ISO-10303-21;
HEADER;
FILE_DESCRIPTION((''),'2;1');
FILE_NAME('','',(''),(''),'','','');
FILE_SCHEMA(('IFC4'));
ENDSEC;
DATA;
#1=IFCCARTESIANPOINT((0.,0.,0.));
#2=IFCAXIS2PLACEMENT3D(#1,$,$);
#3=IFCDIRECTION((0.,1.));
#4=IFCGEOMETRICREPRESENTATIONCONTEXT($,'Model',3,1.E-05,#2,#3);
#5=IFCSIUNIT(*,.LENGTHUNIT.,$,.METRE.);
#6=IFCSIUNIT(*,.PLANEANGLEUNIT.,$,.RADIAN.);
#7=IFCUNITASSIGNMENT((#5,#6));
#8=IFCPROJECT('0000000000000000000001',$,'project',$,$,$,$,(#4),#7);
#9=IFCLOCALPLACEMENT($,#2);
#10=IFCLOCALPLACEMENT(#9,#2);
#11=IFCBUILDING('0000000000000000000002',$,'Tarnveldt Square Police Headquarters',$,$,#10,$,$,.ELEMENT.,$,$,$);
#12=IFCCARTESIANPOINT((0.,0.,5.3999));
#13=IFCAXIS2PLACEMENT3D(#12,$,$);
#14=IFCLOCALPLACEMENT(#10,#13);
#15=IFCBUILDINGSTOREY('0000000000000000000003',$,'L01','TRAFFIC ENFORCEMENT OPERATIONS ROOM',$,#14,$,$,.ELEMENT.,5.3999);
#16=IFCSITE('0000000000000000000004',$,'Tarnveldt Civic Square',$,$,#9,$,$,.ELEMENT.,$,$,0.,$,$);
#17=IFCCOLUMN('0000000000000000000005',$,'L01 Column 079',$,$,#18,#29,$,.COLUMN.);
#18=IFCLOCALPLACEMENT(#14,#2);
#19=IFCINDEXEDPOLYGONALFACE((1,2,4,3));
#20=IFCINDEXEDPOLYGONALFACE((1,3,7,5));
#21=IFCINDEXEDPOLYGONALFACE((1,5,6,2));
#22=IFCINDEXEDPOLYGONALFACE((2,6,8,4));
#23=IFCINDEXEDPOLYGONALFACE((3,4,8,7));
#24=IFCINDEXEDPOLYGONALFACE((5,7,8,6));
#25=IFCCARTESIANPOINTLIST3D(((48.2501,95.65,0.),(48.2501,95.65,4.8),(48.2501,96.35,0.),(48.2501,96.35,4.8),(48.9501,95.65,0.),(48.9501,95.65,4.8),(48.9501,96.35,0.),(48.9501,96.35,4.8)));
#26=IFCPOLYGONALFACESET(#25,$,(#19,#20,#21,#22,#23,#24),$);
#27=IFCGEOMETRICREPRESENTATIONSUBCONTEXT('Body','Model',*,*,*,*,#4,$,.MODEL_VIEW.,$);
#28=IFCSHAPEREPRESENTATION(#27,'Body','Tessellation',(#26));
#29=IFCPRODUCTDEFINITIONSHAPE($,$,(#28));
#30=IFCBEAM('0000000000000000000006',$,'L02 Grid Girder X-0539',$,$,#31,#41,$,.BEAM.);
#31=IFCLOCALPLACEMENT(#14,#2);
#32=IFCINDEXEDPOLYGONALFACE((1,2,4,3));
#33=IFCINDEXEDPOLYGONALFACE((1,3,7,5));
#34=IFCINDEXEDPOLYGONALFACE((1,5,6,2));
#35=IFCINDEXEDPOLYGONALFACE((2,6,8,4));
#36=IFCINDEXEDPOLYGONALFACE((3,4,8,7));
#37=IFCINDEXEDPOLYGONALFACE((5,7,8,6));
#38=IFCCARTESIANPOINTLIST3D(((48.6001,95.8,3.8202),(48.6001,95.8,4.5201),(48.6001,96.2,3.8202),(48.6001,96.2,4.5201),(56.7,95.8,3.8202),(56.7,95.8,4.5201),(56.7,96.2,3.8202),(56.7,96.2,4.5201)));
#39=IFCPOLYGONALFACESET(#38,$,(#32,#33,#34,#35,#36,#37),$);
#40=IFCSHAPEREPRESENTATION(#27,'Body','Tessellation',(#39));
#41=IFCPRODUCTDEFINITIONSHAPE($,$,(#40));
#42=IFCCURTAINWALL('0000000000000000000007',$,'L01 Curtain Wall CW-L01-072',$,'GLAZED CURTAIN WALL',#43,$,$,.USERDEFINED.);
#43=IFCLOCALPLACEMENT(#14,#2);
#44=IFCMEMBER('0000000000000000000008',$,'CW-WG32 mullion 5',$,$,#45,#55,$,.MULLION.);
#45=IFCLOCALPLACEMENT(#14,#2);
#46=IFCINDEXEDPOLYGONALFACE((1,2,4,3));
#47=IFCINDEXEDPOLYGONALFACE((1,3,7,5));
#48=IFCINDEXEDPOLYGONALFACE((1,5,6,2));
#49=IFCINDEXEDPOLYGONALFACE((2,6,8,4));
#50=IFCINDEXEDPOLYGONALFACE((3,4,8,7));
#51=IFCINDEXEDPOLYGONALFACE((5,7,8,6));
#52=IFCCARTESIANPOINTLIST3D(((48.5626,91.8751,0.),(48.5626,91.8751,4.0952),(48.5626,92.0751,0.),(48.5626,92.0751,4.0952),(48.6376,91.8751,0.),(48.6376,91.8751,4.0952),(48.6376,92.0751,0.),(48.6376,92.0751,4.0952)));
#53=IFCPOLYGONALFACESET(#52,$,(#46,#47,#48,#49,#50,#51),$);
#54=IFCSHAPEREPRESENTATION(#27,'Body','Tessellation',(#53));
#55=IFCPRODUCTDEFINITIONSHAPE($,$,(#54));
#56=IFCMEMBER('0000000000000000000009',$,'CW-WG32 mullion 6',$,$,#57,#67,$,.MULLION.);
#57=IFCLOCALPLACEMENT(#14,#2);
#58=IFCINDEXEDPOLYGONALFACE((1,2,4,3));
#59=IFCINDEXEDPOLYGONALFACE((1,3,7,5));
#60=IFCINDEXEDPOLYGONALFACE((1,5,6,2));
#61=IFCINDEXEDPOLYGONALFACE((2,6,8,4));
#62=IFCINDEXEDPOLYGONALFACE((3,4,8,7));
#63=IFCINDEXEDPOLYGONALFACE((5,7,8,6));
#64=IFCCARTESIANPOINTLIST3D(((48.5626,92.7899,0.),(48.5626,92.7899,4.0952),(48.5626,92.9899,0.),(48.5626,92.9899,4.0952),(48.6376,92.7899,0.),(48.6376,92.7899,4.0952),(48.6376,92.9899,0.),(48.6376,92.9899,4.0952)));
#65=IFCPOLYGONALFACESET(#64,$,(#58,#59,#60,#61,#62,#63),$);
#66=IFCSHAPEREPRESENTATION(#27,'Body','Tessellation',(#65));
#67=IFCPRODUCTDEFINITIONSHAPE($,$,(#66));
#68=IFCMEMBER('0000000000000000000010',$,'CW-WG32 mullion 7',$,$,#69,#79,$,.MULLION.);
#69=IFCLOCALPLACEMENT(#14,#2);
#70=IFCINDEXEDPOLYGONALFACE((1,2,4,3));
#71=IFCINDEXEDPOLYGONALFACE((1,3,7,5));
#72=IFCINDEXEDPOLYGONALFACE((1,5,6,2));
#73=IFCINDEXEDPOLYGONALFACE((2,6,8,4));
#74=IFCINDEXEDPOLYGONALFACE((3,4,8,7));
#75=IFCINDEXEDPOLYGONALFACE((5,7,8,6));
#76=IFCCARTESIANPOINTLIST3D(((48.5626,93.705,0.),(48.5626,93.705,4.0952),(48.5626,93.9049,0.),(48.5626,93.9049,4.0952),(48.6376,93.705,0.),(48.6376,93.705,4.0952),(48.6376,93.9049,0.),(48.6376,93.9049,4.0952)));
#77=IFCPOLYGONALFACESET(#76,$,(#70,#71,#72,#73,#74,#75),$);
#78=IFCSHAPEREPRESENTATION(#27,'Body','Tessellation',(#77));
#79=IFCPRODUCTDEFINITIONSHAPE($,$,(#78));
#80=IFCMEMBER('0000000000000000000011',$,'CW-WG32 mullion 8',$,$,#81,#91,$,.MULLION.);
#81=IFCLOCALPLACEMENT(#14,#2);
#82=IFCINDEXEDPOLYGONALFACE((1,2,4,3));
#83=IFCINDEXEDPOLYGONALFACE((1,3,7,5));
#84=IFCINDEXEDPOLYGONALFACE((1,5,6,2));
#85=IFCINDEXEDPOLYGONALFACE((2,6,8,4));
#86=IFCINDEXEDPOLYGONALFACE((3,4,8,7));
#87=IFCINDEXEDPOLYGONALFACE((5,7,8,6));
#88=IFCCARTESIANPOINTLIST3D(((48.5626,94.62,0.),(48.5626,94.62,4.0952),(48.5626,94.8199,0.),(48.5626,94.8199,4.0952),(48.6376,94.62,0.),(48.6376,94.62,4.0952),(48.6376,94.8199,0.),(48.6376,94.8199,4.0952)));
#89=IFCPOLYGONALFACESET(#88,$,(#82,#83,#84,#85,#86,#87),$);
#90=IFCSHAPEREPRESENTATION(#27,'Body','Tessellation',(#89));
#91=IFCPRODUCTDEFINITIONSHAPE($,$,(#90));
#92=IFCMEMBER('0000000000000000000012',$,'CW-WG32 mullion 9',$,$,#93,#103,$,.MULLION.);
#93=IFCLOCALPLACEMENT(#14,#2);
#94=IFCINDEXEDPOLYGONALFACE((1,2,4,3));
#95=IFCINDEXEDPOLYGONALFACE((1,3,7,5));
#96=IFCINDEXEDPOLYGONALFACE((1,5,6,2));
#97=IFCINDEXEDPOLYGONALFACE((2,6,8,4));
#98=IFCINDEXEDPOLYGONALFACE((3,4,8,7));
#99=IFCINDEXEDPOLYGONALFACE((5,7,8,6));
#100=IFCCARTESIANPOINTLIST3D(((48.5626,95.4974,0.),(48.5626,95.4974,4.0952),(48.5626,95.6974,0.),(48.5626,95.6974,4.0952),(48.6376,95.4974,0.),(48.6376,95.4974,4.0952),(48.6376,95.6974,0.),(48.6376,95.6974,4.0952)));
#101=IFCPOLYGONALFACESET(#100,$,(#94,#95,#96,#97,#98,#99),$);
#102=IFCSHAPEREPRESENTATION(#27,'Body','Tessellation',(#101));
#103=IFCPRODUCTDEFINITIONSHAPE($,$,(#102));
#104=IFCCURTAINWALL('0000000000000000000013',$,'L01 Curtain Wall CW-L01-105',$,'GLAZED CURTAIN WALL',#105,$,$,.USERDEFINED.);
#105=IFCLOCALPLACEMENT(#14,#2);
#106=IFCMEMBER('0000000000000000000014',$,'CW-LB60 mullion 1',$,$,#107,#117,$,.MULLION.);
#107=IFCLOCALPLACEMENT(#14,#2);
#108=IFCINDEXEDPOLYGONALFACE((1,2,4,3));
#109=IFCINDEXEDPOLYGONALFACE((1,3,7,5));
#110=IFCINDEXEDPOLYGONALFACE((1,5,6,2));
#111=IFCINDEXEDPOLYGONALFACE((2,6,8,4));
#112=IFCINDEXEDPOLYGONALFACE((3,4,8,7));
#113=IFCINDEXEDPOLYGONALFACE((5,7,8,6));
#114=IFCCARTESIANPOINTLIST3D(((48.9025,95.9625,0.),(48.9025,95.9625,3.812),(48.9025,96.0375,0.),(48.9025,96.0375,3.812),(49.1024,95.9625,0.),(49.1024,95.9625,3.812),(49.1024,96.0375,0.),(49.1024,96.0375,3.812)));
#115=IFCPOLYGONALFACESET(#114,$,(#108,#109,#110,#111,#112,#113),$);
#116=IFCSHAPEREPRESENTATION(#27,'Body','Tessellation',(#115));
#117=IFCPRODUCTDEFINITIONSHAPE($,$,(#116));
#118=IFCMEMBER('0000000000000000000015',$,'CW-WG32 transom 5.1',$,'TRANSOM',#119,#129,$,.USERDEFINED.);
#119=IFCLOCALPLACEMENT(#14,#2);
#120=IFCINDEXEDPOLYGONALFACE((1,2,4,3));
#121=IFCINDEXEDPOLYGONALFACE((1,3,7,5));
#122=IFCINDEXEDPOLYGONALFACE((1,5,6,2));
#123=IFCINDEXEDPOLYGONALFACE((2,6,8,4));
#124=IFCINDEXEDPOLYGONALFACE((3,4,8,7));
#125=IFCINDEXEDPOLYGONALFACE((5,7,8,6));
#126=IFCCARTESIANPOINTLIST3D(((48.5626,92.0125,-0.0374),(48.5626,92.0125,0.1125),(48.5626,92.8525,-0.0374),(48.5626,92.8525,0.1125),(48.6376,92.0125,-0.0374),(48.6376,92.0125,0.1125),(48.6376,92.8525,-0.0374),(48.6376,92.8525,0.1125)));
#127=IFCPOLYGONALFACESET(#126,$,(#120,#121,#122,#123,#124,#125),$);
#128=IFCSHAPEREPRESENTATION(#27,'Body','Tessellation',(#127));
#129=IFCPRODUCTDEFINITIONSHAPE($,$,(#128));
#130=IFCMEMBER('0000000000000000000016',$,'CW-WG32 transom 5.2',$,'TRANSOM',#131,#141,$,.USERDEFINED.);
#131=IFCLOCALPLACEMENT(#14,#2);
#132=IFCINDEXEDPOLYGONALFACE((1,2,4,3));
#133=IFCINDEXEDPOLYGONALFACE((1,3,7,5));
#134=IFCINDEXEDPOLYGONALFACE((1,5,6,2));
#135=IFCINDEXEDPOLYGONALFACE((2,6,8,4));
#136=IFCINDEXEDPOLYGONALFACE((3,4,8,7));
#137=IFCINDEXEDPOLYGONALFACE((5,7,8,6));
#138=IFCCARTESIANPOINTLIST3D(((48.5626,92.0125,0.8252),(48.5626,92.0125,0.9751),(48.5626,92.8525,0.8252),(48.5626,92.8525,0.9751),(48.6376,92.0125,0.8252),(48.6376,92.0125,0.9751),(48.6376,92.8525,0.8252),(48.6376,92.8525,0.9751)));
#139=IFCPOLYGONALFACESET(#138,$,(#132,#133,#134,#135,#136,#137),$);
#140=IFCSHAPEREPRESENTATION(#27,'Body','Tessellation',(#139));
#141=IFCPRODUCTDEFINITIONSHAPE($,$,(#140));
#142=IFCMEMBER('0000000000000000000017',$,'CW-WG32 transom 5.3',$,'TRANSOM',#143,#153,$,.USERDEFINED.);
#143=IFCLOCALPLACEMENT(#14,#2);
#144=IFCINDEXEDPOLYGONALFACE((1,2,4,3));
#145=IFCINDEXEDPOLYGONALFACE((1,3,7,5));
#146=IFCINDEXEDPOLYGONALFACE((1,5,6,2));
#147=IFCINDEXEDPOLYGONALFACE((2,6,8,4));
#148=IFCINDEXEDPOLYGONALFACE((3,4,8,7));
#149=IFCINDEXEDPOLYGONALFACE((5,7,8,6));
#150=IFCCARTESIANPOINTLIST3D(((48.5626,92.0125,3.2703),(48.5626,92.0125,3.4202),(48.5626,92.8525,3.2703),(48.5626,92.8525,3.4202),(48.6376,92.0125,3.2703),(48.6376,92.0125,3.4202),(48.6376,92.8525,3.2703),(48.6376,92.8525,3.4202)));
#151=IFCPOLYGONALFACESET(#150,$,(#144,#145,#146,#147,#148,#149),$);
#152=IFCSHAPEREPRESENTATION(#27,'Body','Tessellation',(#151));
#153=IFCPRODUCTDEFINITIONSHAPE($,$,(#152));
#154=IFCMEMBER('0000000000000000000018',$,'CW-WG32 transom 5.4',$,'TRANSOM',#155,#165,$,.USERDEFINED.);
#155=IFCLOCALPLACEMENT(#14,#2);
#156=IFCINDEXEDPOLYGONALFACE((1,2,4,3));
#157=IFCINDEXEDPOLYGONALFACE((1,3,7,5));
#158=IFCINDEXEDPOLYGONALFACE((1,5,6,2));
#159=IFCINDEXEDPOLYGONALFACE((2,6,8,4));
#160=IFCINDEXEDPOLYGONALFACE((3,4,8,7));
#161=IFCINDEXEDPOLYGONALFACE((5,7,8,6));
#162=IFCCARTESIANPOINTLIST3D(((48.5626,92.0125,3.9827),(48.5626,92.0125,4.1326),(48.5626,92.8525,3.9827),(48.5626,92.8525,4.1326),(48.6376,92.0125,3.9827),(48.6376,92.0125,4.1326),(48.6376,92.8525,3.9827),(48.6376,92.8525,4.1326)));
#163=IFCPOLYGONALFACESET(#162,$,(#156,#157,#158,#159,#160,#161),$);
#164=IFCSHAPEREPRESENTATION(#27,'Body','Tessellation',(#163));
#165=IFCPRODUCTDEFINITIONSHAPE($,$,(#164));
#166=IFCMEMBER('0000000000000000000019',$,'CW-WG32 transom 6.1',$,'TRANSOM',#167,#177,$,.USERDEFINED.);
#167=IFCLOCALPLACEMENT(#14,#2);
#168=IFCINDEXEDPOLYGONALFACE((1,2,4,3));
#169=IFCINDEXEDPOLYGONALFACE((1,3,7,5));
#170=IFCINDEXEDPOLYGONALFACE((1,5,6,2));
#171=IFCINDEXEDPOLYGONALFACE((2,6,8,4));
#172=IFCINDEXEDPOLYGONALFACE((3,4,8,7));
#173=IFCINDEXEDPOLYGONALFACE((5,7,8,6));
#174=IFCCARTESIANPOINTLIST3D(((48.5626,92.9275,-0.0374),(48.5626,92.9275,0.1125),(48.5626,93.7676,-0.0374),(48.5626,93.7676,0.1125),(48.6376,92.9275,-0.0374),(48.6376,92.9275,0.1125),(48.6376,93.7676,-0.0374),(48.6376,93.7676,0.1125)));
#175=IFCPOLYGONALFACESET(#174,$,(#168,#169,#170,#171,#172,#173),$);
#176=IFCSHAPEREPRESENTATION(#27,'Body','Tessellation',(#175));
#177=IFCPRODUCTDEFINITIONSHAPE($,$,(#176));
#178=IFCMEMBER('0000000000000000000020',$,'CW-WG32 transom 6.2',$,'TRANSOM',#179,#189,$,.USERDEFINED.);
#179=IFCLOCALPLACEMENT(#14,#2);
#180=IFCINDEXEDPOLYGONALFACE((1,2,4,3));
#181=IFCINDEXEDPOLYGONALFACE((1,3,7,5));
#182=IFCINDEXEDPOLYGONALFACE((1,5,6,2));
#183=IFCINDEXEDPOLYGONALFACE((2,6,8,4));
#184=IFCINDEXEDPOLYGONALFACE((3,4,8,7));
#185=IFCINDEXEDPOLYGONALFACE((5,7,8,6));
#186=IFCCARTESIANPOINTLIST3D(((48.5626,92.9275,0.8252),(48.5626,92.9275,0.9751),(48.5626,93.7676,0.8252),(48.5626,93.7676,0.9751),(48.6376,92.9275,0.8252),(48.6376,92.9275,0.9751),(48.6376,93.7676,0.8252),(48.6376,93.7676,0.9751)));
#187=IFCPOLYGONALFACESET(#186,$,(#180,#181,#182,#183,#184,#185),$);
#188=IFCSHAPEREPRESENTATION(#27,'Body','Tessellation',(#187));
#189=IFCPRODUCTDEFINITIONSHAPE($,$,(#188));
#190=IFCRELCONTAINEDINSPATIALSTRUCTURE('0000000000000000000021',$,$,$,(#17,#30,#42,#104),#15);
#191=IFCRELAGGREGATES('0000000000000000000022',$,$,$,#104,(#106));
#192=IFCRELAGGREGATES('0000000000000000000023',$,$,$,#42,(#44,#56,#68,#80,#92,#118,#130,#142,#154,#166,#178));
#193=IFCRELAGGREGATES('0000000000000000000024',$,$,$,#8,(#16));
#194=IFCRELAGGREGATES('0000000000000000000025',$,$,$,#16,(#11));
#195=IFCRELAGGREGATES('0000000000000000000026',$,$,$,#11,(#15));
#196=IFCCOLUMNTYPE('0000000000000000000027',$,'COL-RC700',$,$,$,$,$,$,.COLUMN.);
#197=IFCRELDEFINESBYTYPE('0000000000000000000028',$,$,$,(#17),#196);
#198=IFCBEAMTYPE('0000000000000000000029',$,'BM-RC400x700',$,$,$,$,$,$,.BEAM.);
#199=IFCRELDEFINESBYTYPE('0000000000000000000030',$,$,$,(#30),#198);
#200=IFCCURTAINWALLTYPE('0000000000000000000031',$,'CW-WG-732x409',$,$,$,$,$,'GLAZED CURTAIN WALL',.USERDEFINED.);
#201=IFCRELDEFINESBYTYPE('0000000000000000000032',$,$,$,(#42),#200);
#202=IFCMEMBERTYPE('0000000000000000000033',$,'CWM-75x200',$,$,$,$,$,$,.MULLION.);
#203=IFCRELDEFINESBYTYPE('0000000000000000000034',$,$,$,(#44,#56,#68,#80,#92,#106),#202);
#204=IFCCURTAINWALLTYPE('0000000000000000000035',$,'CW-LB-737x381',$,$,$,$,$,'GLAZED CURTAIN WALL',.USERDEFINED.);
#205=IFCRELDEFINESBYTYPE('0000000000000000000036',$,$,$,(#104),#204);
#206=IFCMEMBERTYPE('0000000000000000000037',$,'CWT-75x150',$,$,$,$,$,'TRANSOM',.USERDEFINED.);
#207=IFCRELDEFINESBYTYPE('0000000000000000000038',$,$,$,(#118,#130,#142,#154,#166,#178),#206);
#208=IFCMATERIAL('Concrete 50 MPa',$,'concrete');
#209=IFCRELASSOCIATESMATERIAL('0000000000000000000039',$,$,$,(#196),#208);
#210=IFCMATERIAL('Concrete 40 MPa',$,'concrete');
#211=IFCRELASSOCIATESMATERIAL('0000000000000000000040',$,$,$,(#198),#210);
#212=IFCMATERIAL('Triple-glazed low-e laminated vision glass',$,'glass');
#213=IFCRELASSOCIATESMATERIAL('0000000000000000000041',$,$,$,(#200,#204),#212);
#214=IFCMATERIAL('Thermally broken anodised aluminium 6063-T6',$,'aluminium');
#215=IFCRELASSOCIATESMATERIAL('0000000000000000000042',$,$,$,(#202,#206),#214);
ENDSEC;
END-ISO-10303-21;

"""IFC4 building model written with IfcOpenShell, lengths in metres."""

from ifc_helpers import new_model, si_unit, direction, frame, origin, origin_2d, place, context, subcontext, project, spatial, rectangle, extrude, material, material_profile, profile_set, type_object, element, aggregate, save


model = new_model("IFC4")

# Units and contexts
model_context = context("Model", 3, precision=1e-05, world=origin(), true_north=direction((0.0, 1.0)))
body_context = subcontext(model_context, "Body", "Model", "MODEL_VIEW")
ifc_project = project(units=[si_unit("LENGTHUNIT", "METRE"), si_unit("PLANEANGLEUNIT", "RADIAN")], contexts=[model_context])

# Site, building, storey
site_placement = place(None, origin())
site = spatial("IfcSite", under=ifc_project, at=site_placement, Name="Tarnveldt Civic Square", CompositionType="ELEMENT", RefElevation=0.0)
building_placement = place(site_placement, origin())
building = spatial("IfcBuilding", under=site, at=building_placement, Name="Tarnveldt Square Police Headquarters", CompositionType="ELEMENT")
storey_placement = place(building_placement, frame((0.0, 0.0, 5.3999)))
storey = spatial("IfcBuildingStorey", under=building, at=storey_placement, Name="L01", Description="TRAFFIC ENFORCEMENT OPERATIONS ROOM", CompositionType="ELEMENT", Elevation=5.3999)

# Column
ifc_material_1 = material(Name="Concrete 50 MPa", Category="concrete")
ifc_material_profile_1 = material_profile(ifc_material_1, rectangle(XDim=0.7, YDim=0.7, at=origin_2d()), Name="RC-C700x700")
ifc_profile_set_1 = profile_set([ifc_material_profile_1], Name="Concrete 50 MPa")
column_type = type_object("IfcColumnType", Name="COL-RC700", PredefinedType="COLUMN", material=ifc_profile_set_1)
column_placement = place(storey_placement, frame((48.6001, 96.0, 0.0), z_axis=(0.0, 0.0, 1.0), x_axis=(1.0, 0.0, 0.0)))
element("IfcColumn", 1, at=column_placement, inside=storey, type_object=column_type, Name="L01 Column 079", PredefinedType="COLUMN", context=body_context, shape_type="SweptSolid", body=[
    extrude(rectangle(XDim=0.7, YDim=0.7, at=origin_2d()), origin(), (0.0, 0.0, 1.0), 4.8),
])

# Beam
ifc_material_2 = material(Name="Concrete 40 MPa", Category="concrete")
ifc_material_profile_2 = material_profile(ifc_material_2, rectangle(XDim=0.3999, YDim=0.7, at=origin_2d()), Name="RC-B400x700")
ifc_profile_set_2 = profile_set([ifc_material_profile_2], Name="Concrete 40 MPa")
beam_type = type_object("IfcBeamType", Name="BM-RC400x700", PredefinedType="BEAM", material=ifc_profile_set_2)
beam_placement = place(storey_placement, frame((48.6001, 96.0, 4.1702), z_axis=(1.0, 0.0, 0.0), x_axis=(0.0, 1.0, 0.0)))
element("IfcBeam", 2, at=beam_placement, inside=storey, type_object=beam_type, Name="L02 Grid Girder X-0539", PredefinedType="BEAM", context=body_context, shape_type="SweptSolid", body=[
    extrude(rectangle(XDim=0.3999, YDim=0.7, at=origin_2d()), origin(), (0.0, 0.0, 1.0), 8.0999),
])

# Curtain wall, members
ifc_material_3 = material(Name="Triple-glazed low-e laminated vision glass", Category="glass")
curtain_wall_type_1 = type_object("IfcCurtainWallType", Name="CW-WG-732x409", ElementType="GLAZED CURTAIN WALL", PredefinedType="USERDEFINED", material=ifc_material_3)
curtain_wall_1_placement = place(storey_placement, origin())
curtain_wall_1 = element("IfcCurtainWall", 3, at=curtain_wall_1_placement, inside=storey, type_object=curtain_wall_type_1, Name="L01 Curtain Wall CW-L01-072", ObjectType="GLAZED CURTAIN WALL", PredefinedType="USERDEFINED")
ifc_material_4 = material(Name="Thermally broken anodised aluminium 6063-T6", Category="aluminium")
ifc_material_profile_3 = material_profile(ifc_material_4, rectangle(XDim=0.075, YDim=0.2, at=origin_2d()), Name="CW-M75x200")
ifc_profile_set_3 = profile_set([ifc_material_profile_3], Name="Thermally broken anodised aluminium 6063-T6")
member_type_1 = type_object("IfcMemberType", Name="CWM-75x200", PredefinedType="MULLION", material=ifc_profile_set_3)
member_1_placement = place(storey_placement, frame((48.6001, 91.9751, 0.0), z_axis=(0.0, 0.0, 1.0), x_axis=(-1.0, 0.0, 0.0)))
member_1 = element("IfcMember", 4, at=member_1_placement, type_object=member_type_1, Name="CW-WG32 mullion 5", PredefinedType="MULLION", context=body_context, shape_type="SweptSolid", body=[
    extrude(rectangle(XDim=0.075, YDim=0.2, at=origin_2d()), origin(), (0.0, 0.0, 1.0), 4.0952),
])
member_2_placement = place(storey_placement, frame((48.6001, 92.8899, 0.0), z_axis=(0.0, 0.0, 1.0), x_axis=(-1.0, 0.0, 0.0)))
member_2 = element("IfcMember", 5, at=member_2_placement, type_object=member_type_1, Name="CW-WG32 mullion 6", PredefinedType="MULLION", context=body_context, shape_type="SweptSolid", body=[
    extrude(rectangle(XDim=0.075, YDim=0.2, at=origin_2d()), origin(), (0.0, 0.0, 1.0), 4.0952),
])
member_3_placement = place(storey_placement, frame((48.6001, 93.8049, 0.0), z_axis=(0.0, 0.0, 1.0), x_axis=(-1.0, 0.0, 0.0)))
member_3 = element("IfcMember", 6, at=member_3_placement, type_object=member_type_1, Name="CW-WG32 mullion 7", PredefinedType="MULLION", context=body_context, shape_type="SweptSolid", body=[
    extrude(rectangle(XDim=0.075, YDim=0.2, at=origin_2d()), origin(), (0.0, 0.0, 1.0), 4.0952),
])
member_4_placement = place(storey_placement, frame((48.6001, 94.72, 0.0), z_axis=(0.0, 0.0, 1.0), x_axis=(-1.0, 0.0, 0.0)))
member_4 = element("IfcMember", 7, at=member_4_placement, type_object=member_type_1, Name="CW-WG32 mullion 8", PredefinedType="MULLION", context=body_context, shape_type="SweptSolid", body=[
    extrude(rectangle(XDim=0.075, YDim=0.2, at=origin_2d()), origin(), (0.0, 0.0, 1.0), 4.0952),
])
member_5_placement = place(storey_placement, frame((48.6001, 95.5974, 0.0), z_axis=(0.0, 0.0, 1.0), x_axis=(-1.0, 0.0, 0.0)))
member_5 = element("IfcMember", 8, at=member_5_placement, type_object=member_type_1, Name="CW-WG32 mullion 9", PredefinedType="MULLION", context=body_context, shape_type="SweptSolid", body=[
    extrude(rectangle(XDim=0.075, YDim=0.2, at=origin_2d()), origin(), (0.0, 0.0, 1.0), 4.0952),
])

# Curtain wall, member
curtain_wall_type_2 = type_object("IfcCurtainWallType", Name="CW-LB-737x381", ElementType="GLAZED CURTAIN WALL", PredefinedType="USERDEFINED", material=ifc_material_3)
curtain_wall_2_placement = place(storey_placement, origin())
curtain_wall_2 = element("IfcCurtainWall", 9, at=curtain_wall_2_placement, inside=storey, type_object=curtain_wall_type_2, Name="L01 Curtain Wall CW-L01-105", ObjectType="GLAZED CURTAIN WALL", PredefinedType="USERDEFINED")
member_6_placement = place(storey_placement, frame((49.0024, 96.0, 0.0), z_axis=(0.0, 0.0, 1.0), x_axis=(0.0, 1.0, 0.0)))
member_6 = element("IfcMember", 10, at=member_6_placement, type_object=member_type_1, Name="CW-LB60 mullion 1", PredefinedType="MULLION", context=body_context, shape_type="SweptSolid", body=[
    extrude(rectangle(XDim=0.075, YDim=0.2, at=origin_2d()), origin(), (0.0, 0.0, 1.0), 3.812),
])
aggregate(curtain_wall_2, [member_6])

# Members
ifc_material_profile_4 = material_profile(ifc_material_4, rectangle(XDim=0.075, YDim=0.1499, at=origin_2d()), Name="CW-T75x150")
ifc_profile_set_4 = profile_set([ifc_material_profile_4], Name="Thermally broken anodised aluminium 6063-T6")
member_type_2 = type_object("IfcMemberType", Name="CWT-75x150", ElementType="TRANSOM", PredefinedType="USERDEFINED", material=ifc_profile_set_4)
member_7_placement = place(storey_placement, frame((48.6001, 92.0125, 0.0376), z_axis=(0.0, 1.0, 0.0), x_axis=(-1.0, 0.0, 0.0)))
member_7 = element("IfcMember", 11, at=member_7_placement, type_object=member_type_2, Name="CW-WG32 transom 5.1", ObjectType="TRANSOM", PredefinedType="USERDEFINED", context=body_context, shape_type="SweptSolid", body=[
    extrude(rectangle(XDim=0.075, YDim=0.1499, at=origin_2d()), origin(), (0.0, 0.0, 1.0), 0.8401),
])
member_8_placement = place(storey_placement, frame((48.6001, 92.0125, 0.9001), z_axis=(0.0, 1.0, 0.0), x_axis=(-1.0, 0.0, 0.0)))
member_8 = element("IfcMember", 12, at=member_8_placement, type_object=member_type_2, Name="CW-WG32 transom 5.2", ObjectType="TRANSOM", PredefinedType="USERDEFINED", context=body_context, shape_type="SweptSolid", body=[
    extrude(rectangle(XDim=0.075, YDim=0.1499, at=origin_2d()), origin(), (0.0, 0.0, 1.0), 0.8401),
])
member_9_placement = place(storey_placement, frame((48.6001, 92.0125, 3.3452), z_axis=(0.0, 1.0, 0.0), x_axis=(-1.0, 0.0, 0.0)))
member_9 = element("IfcMember", 13, at=member_9_placement, type_object=member_type_2, Name="CW-WG32 transom 5.3", ObjectType="TRANSOM", PredefinedType="USERDEFINED", context=body_context, shape_type="SweptSolid", body=[
    extrude(rectangle(XDim=0.075, YDim=0.1499, at=origin_2d()), origin(), (0.0, 0.0, 1.0), 0.8401),
])
member_10_placement = place(storey_placement, frame((48.6001, 92.0125, 4.0576), z_axis=(0.0, 1.0, 0.0), x_axis=(-1.0, 0.0, 0.0)))
member_10 = element("IfcMember", 14, at=member_10_placement, type_object=member_type_2, Name="CW-WG32 transom 5.4", ObjectType="TRANSOM", PredefinedType="USERDEFINED", context=body_context, shape_type="SweptSolid", body=[
    extrude(rectangle(XDim=0.075, YDim=0.1499, at=origin_2d()), origin(), (0.0, 0.0, 1.0), 0.8401),
])
member_11_placement = place(storey_placement, frame((48.6001, 92.9275, 0.0376), z_axis=(0.0, 1.0, 0.0), x_axis=(-1.0, 0.0, 0.0)))
member_11 = element("IfcMember", 15, at=member_11_placement, type_object=member_type_2, Name="CW-WG32 transom 6.1", ObjectType="TRANSOM", PredefinedType="USERDEFINED", context=body_context, shape_type="SweptSolid", body=[
    extrude(rectangle(XDim=0.075, YDim=0.1499, at=origin_2d()), origin(), (0.0, 0.0, 1.0), 0.8401),
])
member_12_placement = place(storey_placement, frame((48.6001, 92.9275, 0.9001), z_axis=(0.0, 1.0, 0.0), x_axis=(-1.0, 0.0, 0.0)))
member_12 = element("IfcMember", 16, at=member_12_placement, type_object=member_type_2, Name="CW-WG32 transom 6.2", ObjectType="TRANSOM", PredefinedType="USERDEFINED", context=body_context, shape_type="SweptSolid", body=[
    extrude(rectangle(XDim=0.075, YDim=0.1499, at=origin_2d()), origin(), (0.0, 0.0, 1.0), 0.8401),
])

aggregate(curtain_wall_1, [member_1, member_2, member_3, member_4, member_5, member_7, member_8, member_9, member_10, member_11, member_12])

save(model, "model.ifc")
